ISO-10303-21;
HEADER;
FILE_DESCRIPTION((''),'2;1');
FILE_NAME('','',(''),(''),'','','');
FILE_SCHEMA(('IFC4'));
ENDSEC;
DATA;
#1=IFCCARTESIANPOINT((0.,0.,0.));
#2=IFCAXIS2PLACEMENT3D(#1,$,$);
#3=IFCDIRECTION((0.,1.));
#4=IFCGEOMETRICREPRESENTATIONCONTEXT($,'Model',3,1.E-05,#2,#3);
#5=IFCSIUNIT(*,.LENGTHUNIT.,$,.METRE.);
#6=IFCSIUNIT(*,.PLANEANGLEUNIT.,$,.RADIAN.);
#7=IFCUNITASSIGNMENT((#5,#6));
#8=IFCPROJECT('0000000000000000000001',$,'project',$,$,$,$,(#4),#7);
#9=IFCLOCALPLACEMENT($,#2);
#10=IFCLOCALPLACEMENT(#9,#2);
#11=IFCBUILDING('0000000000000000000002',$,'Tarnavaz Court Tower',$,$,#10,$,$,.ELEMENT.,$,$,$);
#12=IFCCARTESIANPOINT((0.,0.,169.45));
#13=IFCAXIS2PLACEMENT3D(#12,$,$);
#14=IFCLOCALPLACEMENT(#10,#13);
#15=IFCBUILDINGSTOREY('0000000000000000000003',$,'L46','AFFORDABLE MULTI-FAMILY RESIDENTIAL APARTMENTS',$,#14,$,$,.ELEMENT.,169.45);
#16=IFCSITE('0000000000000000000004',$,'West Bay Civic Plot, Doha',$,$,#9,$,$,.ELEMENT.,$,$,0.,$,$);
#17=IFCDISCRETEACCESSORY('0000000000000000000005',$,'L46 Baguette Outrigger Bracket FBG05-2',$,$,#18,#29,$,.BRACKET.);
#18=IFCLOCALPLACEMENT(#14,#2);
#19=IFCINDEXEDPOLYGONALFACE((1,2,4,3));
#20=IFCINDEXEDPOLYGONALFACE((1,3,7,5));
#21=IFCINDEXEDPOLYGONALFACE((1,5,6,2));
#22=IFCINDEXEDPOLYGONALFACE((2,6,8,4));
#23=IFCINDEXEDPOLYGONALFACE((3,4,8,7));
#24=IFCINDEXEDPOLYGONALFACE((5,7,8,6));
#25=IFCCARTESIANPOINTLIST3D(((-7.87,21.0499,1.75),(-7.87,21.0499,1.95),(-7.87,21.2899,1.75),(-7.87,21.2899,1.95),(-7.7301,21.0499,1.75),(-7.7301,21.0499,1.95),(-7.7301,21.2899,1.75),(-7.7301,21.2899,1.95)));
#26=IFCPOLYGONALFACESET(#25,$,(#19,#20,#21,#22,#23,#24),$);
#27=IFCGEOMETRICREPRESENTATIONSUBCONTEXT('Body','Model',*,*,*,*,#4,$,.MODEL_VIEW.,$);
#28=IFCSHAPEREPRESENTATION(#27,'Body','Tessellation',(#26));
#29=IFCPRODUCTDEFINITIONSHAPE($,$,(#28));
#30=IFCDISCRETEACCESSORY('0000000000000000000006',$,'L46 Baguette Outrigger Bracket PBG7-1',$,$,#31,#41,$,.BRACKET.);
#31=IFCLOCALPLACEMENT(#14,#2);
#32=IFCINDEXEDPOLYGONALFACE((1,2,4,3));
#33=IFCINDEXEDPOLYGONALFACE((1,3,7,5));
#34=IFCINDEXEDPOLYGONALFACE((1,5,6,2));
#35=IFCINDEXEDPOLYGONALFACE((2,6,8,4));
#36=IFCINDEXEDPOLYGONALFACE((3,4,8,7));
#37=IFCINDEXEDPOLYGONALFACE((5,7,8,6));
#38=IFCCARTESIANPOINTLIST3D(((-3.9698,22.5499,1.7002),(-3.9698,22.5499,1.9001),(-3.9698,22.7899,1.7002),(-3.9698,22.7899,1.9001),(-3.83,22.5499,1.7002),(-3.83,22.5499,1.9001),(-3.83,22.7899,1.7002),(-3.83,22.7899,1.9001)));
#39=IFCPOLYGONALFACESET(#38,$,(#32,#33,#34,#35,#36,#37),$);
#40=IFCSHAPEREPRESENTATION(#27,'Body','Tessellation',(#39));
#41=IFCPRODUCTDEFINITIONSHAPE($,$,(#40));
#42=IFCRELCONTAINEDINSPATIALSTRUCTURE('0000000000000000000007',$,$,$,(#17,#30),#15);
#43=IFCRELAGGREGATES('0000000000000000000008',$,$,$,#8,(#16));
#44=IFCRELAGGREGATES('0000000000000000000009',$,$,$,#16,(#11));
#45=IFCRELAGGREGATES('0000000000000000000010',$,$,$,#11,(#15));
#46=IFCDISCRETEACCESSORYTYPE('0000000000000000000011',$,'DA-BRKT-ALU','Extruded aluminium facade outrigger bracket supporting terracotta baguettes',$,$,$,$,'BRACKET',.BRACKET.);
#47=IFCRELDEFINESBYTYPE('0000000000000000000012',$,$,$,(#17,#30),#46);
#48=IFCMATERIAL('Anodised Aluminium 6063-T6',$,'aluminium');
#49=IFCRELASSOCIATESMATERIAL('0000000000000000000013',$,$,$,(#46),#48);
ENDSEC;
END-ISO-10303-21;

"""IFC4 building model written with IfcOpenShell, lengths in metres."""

from ifc_helpers import new_model, si_unit, direction, frame, origin, origin_2d, place, context, subcontext, project, spatial, rectangle, extrude, material, type_object, element, save


model = new_model("IFC4")

# Units and contexts
model_context = context("Model", 3, precision=1e-05, world=origin(), true_north=direction((0.0, 1.0)))
body_context = subcontext(model_context, "Body", "Model", "MODEL_VIEW")
ifc_project = project(units=[si_unit("LENGTHUNIT", "METRE"), si_unit("PLANEANGLEUNIT", "RADIAN")], contexts=[model_context])

# Site, building, storey
site_placement = place(None, origin())
site = spatial("IfcSite", under=ifc_project, at=site_placement, Name="West Bay Civic Plot, Doha", CompositionType="ELEMENT", RefElevation=0.0)
building_placement = place(site_placement, origin())
building = spatial("IfcBuilding", under=site, at=building_placement, Name="Tarnavaz Court Tower", CompositionType="ELEMENT")
storey_placement = place(building_placement, frame((0.0, 0.0, 169.45)))
storey = spatial("IfcBuildingStorey", under=building, at=storey_placement, Name="L46", Description="AFFORDABLE MULTI-FAMILY RESIDENTIAL APARTMENTS", CompositionType="ELEMENT", Elevation=169.45)

# Shared definitions
ifc_material_1 = material(Name="Anodised Aluminium 6063-T6", Category="aluminium")

# Discrete accessories
discrete_accessory_type = type_object("IfcDiscreteAccessoryType", Name="DA-BRKT-ALU", Description="Extruded aluminium facade outrigger bracket supporting terracotta baguettes", ElementType="BRACKET", PredefinedType="BRACKET", material=ifc_material_1)
for number, where, z_axis, x_axis, name in (
    (1, (-7.8, 21.1699, 1.75), (0.0, 0.0, 1.0), (1.0, 0.0, 0.0), "L46 Baguette Outrigger Bracket FBG05-2"),
    (2, (-3.8999, 22.6699, 1.7002), (0.0, 0.0, 1.0), (1.0, 0.0, 0.0), "L46 Baguette Outrigger Bracket PBG7-1"),
):
    element("IfcDiscreteAccessory", number, at=place(storey_placement, frame(where, z_axis=z_axis, x_axis=x_axis)), inside=storey, type_object=discrete_accessory_type, Name=name, PredefinedType="BRACKET", context=body_context, shape_type="SweptSolid", body=[
        extrude(rectangle(XDim=0.1399, YDim=0.24, at=origin_2d()), origin(), (0.0, 0.0, 1.0), 0.2),
    ])

save(model, "model.ifc")
